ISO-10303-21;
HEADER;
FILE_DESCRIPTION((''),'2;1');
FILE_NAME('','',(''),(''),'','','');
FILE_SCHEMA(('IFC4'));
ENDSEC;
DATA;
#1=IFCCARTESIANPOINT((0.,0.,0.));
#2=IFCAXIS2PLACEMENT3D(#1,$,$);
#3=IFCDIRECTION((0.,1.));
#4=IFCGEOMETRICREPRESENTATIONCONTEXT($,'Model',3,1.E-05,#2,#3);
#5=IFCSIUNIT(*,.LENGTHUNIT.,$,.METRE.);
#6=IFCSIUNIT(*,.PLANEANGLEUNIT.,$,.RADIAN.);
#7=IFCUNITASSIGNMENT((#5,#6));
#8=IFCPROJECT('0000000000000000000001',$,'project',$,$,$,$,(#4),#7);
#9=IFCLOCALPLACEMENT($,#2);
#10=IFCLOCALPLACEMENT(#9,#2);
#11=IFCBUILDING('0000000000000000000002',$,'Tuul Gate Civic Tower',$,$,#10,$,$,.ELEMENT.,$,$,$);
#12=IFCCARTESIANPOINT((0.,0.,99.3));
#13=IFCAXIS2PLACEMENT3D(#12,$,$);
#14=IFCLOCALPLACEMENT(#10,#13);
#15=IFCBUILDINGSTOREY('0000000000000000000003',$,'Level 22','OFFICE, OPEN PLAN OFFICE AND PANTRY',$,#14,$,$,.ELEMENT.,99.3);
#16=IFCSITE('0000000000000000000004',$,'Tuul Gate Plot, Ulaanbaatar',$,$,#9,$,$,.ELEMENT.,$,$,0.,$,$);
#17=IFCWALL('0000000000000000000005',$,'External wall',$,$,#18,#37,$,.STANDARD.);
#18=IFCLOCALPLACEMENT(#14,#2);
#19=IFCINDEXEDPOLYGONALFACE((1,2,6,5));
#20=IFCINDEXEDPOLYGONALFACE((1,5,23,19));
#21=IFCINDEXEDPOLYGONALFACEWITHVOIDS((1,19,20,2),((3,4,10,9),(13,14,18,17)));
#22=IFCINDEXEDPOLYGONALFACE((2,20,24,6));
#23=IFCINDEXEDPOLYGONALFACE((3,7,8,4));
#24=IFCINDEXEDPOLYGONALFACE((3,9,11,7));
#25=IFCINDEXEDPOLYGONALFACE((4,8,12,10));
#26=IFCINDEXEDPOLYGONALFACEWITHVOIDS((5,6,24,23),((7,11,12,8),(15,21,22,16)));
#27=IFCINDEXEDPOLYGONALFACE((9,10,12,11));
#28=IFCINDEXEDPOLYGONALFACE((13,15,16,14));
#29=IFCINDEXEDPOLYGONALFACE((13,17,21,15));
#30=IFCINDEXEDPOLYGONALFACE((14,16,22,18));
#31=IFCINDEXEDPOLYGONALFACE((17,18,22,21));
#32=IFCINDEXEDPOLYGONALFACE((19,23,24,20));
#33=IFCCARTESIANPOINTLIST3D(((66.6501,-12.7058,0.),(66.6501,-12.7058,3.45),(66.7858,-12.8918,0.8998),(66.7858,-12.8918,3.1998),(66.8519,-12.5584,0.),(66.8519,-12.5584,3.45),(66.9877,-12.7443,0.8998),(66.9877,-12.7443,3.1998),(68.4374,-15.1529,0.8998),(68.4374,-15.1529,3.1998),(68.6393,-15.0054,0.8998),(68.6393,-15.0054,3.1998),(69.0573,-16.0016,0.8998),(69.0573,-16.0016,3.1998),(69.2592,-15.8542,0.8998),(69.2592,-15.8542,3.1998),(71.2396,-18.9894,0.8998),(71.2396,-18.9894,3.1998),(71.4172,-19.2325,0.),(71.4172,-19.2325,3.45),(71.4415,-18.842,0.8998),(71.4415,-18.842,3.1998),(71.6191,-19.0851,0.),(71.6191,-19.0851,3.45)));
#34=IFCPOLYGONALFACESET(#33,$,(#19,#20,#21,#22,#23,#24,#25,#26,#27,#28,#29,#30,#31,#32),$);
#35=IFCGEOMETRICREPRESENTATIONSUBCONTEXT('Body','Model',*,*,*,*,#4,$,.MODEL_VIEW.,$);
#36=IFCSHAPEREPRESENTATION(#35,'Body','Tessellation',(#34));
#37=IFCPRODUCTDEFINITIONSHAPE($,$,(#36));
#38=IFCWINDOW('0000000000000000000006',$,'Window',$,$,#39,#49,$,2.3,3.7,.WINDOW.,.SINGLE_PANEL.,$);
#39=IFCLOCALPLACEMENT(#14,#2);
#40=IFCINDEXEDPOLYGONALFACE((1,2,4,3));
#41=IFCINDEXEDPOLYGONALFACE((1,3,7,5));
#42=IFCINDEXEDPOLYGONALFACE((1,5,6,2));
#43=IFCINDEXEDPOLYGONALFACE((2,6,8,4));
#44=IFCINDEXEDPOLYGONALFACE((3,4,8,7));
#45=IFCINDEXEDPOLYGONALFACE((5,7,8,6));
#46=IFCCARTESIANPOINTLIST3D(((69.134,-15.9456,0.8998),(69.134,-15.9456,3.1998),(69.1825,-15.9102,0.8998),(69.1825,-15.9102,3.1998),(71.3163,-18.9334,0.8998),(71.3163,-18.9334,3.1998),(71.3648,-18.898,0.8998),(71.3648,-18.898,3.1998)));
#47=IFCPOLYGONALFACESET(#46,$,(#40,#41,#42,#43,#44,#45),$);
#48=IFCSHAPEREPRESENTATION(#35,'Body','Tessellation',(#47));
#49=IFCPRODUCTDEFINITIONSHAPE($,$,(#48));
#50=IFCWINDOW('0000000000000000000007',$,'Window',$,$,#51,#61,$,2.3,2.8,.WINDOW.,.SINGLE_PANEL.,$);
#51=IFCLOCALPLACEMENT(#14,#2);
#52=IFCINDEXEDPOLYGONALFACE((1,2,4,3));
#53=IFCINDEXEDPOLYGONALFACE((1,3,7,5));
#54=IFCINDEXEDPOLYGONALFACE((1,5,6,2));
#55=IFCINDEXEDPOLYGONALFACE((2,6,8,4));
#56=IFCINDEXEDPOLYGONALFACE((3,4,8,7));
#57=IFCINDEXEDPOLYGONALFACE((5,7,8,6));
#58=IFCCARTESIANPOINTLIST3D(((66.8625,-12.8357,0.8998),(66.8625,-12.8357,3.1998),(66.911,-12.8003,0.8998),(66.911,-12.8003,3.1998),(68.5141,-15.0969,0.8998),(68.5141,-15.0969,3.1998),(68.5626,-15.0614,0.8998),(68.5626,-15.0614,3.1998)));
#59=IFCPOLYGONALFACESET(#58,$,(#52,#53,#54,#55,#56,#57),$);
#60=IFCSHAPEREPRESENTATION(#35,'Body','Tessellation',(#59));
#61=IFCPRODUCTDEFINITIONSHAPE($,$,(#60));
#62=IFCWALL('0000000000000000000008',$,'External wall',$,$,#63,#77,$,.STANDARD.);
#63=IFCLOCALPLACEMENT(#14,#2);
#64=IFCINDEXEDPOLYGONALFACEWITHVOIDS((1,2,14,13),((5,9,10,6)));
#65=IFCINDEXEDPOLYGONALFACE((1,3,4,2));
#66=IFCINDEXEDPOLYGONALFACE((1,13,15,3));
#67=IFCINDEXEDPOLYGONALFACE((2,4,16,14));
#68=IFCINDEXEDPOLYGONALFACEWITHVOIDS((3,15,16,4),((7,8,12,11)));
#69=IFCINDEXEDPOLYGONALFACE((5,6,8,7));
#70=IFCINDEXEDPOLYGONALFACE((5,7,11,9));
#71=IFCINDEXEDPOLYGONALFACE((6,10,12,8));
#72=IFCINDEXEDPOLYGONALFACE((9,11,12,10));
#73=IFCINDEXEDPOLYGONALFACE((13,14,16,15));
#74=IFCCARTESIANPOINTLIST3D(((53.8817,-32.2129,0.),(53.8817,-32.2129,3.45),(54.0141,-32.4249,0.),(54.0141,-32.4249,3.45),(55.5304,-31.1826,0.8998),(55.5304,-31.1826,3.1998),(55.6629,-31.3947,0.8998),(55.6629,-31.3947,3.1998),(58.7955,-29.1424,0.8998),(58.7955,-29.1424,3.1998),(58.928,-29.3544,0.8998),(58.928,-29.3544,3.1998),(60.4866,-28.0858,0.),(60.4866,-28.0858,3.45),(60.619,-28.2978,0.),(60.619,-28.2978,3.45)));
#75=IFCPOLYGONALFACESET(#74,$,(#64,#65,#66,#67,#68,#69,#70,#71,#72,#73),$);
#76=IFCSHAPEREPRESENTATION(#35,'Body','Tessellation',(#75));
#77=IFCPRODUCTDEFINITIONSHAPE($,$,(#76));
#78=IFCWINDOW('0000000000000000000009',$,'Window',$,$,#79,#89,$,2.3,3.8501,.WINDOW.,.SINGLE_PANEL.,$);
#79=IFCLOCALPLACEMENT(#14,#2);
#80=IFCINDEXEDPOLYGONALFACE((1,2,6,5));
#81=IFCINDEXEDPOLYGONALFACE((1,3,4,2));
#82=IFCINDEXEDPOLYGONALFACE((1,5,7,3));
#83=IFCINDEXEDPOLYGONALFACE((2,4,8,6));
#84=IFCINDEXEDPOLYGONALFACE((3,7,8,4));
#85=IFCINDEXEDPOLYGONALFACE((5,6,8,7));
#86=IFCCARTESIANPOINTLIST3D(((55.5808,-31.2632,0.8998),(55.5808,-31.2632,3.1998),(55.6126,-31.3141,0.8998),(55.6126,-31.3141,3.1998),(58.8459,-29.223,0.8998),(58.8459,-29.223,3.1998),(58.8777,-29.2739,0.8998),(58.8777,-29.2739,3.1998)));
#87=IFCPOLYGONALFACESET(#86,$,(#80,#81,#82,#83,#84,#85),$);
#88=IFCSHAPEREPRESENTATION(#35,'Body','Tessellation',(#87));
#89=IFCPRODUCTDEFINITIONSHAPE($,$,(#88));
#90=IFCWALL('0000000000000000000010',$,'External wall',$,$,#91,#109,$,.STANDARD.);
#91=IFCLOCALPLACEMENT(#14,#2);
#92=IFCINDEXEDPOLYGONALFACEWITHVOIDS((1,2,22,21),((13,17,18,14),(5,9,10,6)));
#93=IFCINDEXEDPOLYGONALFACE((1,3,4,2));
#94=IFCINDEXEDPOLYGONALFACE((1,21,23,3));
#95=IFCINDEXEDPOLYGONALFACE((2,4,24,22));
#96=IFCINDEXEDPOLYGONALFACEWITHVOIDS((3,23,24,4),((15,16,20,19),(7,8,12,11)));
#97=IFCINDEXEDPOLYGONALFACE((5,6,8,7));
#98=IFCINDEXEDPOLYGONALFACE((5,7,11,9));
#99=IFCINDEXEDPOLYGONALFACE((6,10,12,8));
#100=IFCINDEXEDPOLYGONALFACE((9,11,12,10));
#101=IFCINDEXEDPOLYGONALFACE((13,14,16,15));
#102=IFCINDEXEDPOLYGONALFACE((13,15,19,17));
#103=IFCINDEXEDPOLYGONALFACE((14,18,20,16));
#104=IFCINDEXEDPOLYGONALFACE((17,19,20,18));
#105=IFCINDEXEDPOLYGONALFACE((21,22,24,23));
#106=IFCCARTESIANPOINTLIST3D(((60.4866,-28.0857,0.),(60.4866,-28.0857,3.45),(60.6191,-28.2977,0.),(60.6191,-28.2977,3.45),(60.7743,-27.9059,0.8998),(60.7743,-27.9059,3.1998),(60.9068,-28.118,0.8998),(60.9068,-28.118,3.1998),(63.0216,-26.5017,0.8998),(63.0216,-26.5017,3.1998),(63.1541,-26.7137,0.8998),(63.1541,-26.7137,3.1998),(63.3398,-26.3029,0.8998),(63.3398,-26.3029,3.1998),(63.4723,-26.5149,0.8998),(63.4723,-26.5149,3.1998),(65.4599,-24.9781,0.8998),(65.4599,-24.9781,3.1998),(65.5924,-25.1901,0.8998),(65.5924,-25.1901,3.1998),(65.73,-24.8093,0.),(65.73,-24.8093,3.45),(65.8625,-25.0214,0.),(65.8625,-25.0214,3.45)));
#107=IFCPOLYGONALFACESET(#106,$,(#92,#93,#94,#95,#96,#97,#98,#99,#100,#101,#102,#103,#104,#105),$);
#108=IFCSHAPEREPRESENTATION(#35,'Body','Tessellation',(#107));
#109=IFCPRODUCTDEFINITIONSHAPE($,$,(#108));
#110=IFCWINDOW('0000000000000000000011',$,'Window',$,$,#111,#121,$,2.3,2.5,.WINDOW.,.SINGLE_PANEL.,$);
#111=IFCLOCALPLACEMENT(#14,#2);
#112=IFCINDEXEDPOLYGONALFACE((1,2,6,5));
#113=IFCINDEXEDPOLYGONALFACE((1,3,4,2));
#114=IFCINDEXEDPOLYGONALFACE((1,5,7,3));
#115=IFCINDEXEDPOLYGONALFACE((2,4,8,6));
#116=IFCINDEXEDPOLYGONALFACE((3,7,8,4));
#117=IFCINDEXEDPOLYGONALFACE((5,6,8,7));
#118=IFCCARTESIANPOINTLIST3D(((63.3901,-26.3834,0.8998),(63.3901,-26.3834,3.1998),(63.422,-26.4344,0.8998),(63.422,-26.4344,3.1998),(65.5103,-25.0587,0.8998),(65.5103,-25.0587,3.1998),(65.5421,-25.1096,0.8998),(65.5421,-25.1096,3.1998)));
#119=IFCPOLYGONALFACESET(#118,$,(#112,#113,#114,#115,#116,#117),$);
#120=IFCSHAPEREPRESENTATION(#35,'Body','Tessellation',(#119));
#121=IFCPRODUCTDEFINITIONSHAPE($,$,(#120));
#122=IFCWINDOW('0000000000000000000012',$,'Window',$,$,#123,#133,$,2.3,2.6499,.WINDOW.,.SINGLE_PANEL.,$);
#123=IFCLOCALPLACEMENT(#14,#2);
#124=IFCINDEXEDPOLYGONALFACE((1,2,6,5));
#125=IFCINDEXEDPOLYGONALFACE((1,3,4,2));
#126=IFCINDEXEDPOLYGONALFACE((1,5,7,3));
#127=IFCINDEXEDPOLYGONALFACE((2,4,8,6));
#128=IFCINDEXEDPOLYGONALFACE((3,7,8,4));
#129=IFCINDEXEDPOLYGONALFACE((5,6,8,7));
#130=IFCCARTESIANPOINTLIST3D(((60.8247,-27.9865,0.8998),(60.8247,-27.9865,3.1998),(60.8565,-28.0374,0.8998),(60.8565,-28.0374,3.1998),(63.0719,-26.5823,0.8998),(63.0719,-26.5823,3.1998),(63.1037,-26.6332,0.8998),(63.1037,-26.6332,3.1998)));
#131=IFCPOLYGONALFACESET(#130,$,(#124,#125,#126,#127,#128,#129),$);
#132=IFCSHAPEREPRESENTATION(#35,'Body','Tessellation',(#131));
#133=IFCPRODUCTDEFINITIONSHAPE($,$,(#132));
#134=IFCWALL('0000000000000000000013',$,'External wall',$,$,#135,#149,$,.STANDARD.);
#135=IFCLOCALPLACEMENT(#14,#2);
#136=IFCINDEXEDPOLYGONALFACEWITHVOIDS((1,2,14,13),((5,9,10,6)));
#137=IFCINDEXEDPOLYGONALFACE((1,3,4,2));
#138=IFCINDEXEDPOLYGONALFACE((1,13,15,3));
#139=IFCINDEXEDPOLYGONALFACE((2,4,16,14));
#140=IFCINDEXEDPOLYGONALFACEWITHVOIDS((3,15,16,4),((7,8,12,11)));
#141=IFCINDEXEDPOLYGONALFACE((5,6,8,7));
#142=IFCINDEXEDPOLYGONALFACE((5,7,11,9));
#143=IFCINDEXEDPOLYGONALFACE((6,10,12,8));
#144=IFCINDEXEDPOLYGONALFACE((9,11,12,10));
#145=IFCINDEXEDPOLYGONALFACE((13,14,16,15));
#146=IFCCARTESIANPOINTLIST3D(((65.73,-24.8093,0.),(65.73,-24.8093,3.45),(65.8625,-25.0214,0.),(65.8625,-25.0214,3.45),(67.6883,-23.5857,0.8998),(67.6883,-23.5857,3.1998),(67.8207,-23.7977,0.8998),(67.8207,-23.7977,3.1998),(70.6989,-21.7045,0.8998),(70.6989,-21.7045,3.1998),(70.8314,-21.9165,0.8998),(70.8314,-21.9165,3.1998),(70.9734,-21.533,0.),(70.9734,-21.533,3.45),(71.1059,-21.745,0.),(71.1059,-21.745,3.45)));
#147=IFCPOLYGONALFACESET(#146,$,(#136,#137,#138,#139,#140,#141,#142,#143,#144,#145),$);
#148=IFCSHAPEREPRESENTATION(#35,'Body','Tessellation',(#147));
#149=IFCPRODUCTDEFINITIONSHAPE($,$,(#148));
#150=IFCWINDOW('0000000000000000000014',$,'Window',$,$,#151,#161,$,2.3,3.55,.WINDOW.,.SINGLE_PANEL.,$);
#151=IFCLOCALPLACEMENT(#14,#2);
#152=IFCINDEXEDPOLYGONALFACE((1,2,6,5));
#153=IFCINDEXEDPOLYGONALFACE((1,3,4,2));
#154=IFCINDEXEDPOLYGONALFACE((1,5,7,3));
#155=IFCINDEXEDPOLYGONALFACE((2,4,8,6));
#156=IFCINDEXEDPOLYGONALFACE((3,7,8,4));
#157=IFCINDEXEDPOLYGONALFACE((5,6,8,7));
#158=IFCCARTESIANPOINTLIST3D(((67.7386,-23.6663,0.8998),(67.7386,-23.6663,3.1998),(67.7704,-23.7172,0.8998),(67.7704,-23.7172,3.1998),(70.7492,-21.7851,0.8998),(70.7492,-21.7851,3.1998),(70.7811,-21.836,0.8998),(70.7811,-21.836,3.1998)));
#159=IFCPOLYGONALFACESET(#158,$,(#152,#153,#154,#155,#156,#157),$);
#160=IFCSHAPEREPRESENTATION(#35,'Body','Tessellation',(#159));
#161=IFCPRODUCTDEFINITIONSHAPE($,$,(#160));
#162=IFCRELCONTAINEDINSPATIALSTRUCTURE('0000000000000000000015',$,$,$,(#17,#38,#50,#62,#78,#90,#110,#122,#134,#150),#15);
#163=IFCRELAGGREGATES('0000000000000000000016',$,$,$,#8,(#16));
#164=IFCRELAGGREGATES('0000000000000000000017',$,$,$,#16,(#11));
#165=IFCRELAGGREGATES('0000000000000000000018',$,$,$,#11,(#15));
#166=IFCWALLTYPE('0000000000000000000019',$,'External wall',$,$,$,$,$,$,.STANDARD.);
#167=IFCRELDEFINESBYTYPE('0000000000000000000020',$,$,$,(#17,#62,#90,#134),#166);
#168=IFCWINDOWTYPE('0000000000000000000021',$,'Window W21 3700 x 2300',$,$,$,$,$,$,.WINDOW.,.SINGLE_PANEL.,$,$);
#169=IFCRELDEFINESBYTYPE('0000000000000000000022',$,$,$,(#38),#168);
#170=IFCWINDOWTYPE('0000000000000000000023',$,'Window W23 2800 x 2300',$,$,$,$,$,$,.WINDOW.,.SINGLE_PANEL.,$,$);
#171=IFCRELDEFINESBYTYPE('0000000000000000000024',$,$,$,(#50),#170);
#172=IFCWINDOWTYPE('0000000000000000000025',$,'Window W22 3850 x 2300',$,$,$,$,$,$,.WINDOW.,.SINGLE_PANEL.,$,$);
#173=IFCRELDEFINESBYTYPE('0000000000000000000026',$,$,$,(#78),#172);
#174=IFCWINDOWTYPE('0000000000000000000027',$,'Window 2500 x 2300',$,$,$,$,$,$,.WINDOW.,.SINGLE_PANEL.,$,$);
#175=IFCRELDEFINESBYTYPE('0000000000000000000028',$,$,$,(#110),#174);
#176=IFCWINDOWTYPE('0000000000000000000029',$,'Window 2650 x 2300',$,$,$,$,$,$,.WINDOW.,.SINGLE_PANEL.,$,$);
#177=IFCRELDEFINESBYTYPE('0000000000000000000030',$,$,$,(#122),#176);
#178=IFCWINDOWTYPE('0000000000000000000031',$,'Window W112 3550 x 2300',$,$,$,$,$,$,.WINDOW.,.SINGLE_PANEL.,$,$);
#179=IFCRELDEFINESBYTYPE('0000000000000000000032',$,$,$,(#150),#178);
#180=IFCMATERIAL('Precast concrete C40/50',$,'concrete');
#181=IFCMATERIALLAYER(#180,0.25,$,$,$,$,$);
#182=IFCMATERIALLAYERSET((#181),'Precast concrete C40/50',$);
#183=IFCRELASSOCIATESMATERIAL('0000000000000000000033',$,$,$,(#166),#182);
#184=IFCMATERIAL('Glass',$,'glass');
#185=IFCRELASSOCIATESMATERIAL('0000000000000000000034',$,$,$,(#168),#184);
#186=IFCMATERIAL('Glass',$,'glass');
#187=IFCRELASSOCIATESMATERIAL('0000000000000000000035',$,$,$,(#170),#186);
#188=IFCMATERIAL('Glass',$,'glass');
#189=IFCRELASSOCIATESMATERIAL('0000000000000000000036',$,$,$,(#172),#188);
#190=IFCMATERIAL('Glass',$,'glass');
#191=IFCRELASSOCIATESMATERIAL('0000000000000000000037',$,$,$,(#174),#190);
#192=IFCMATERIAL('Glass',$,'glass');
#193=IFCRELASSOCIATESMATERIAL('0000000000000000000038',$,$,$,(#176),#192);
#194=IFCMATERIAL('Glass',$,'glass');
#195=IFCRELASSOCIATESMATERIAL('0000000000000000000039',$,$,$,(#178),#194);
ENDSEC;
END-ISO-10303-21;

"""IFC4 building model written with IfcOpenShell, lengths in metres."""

from ifc_helpers import new_model, si_unit, direction, frame, frame_2d, origin, place, context, subcontext, project, spatial, rectangle, extrude, material, layer, layer_set, type_object, element, fill, save


model = new_model("IFC4")

# Units and contexts
model_context = context("Model", 3, precision=1e-05, world=origin(), true_north=direction((0.0, 1.0)))
body_context = subcontext(model_context, "Body", "Model", "MODEL_VIEW")
ifc_project = project(units=[si_unit("LENGTHUNIT", "METRE"), si_unit("PLANEANGLEUNIT", "RADIAN")], contexts=[model_context])

# Site, building, storey
site_placement = place(None, origin())
site = spatial("IfcSite", under=ifc_project, at=site_placement, Name="Tuul Gate Plot, Ulaanbaatar", CompositionType="ELEMENT", RefElevation=0.0)
building_placement = place(site_placement, origin())
building = spatial("IfcBuilding", under=site, at=building_placement, Name="Tuul Gate Civic Tower", CompositionType="ELEMENT")
storey_placement = place(building_placement, frame((0.0, 0.0, 99.3)))
storey = spatial("IfcBuildingStorey", under=building, at=storey_placement, Name="Level 22", Description="OFFICE, OPEN PLAN OFFICE AND PANTRY", CompositionType="ELEMENT", Elevation=99.3)

# Shared definitions
ifc_material_1 = material(Name="Precast concrete C40/50", Category="concrete")
ifc_layer_1 = layer(ifc_material_1, 0.25)
ifc_layer_set_1 = layer_set([ifc_layer_1], Name="Precast concrete C40/50")
wall_type_1 = type_object("IfcWallType", Name="External wall", PredefinedType="STANDARD", material=ifc_layer_set_1)

# Wall, openings, windows
wall_1_placement = place(storey_placement, frame((71.5181, -19.1587, 0.0), z_axis=(0.0, 0.0, 1.0), x_axis=(-0.589826, 0.80753, 0.0)))
wall_1 = element("IfcWall", 1, at=wall_1_placement, inside=storey, type_object=wall_type_1, Name="External wall", PredefinedType="STANDARD", context=body_context, shape_type="SweptSolid", body=[
    extrude(rectangle(XDim=8.0823, YDim=0.25, at=frame_2d((4.041, 0.0))), origin(), (0.0, 0.0, 1.0), 3.45),
])
opening_1_placement = place(wall_1_placement, frame((0.3008, 0.0, 0.8999)))
opening_1 = element("IfcOpeningElement", 2, at=opening_1_placement, cuts=wall_1, PredefinedType="OPENING", context=body_context, shape_type="SweptSolid", body=[
    extrude(rectangle(XDim=3.7, YDim=2.3, at=frame_2d((1.8501, 1.1499))), frame((0.0, 0.135, 0.0), z_axis=(0.0, -1.0, 0.0), x_axis=(1.0, 0.0, 0.0)), (0.0, 0.0, 1.0), 0.27),
])
opening_2_placement = place(wall_1_placement, frame((5.052, 0.0, 0.8999)))
opening_2 = element("IfcOpeningElement", 3, at=opening_2_placement, cuts=wall_1, PredefinedType="OPENING", context=body_context, shape_type="SweptSolid", body=[
    extrude(rectangle(XDim=2.8, YDim=2.3, at=frame_2d((1.3999, 1.1499))), frame((0.0, 0.135, 0.0), z_axis=(0.0, -1.0, 0.0), x_axis=(1.0, 0.0, 0.0)), (0.0, 0.0, 1.0), 0.27),
])
ifc_material_2 = material(Name="Glass", Category="glass")
window_type_1 = type_object("IfcWindowType", Name="Window W21 3700 x 2300", PartitioningType="SINGLE_PANEL", PredefinedType="WINDOW", material=ifc_material_2)
window_1_placement = place(opening_1_placement, origin())
window_1 = element("IfcWindow", 4, at=window_1_placement, inside=storey, type_object=window_type_1, Name="Window", OverallHeight=2.3, OverallWidth=3.7, PartitioningType="SINGLE_PANEL", PredefinedType="WINDOW", context=body_context, shape_type="SweptSolid", body=[
    extrude(rectangle(XDim=3.7, YDim=2.3, at=frame_2d((1.8501, 1.1499))), frame((0.0, 0.03, 0.0), z_axis=(0.0, -1.0, 0.0), x_axis=(1.0, 0.0, 0.0)), (0.0, 0.0, 1.0), 0.0601),
])
fill(opening_1, window_1)
ifc_material_3 = material(Name="Glass", Category="glass")
window_type_2 = type_object("IfcWindowType", Name="Window W23 2800 x 2300", PartitioningType="SINGLE_PANEL", PredefinedType="WINDOW", material=ifc_material_3)
window_2_placement = place(opening_2_placement, origin())
window_2 = element("IfcWindow", 5, at=window_2_placement, inside=storey, type_object=window_type_2, Name="Window", OverallHeight=2.3, OverallWidth=2.8, PartitioningType="SINGLE_PANEL", PredefinedType="WINDOW", context=body_context, shape_type="SweptSolid", body=[
    extrude(rectangle(XDim=2.8, YDim=2.3, at=frame_2d((1.3999, 1.1499))), frame((0.0, 0.03, 0.0), z_axis=(0.0, -1.0, 0.0), x_axis=(1.0, 0.0, 0.0)), (0.0, 0.0, 1.0), 0.0601),
])
fill(opening_2, window_2)

# Wall, opening, window
wall_2_placement = place(storey_placement, frame((53.948, -32.3188, 0.0), z_axis=(0.0, 0.0, 1.0), x_axis=(0.848051, 0.529914, 0.0)))
wall_2 = element("IfcWall", 6, at=wall_2_placement, inside=storey, type_object=wall_type_1, Name="External wall", PredefinedType="STANDARD", context=body_context, shape_type="SweptSolid", body=[
    extrude(rectangle(XDim=7.7883, YDim=0.25, at=frame_2d((3.894, 0.0))), origin(), (0.0, 0.0, 1.0), 3.45),
])
opening_3_placement = place(wall_2_placement, frame((1.9441, 0.0, 0.8999)))
opening_3 = element("IfcOpeningElement", 7, at=opening_3_placement, cuts=wall_2, PredefinedType="OPENING", context=body_context, shape_type="SweptSolid", body=[
    extrude(rectangle(XDim=3.8501, YDim=2.3, at=frame_2d((1.925, 1.1499))), frame((0.0, 0.135, 0.0), z_axis=(0.0, -1.0, 0.0), x_axis=(1.0, 0.0, 0.0)), (0.0, 0.0, 1.0), 0.27),
])
ifc_material_4 = material(Name="Glass", Category="glass")
window_type_3 = type_object("IfcWindowType", Name="Window W22 3850 x 2300", PartitioningType="SINGLE_PANEL", PredefinedType="WINDOW", material=ifc_material_4)
window_3_placement = place(opening_3_placement, origin())
window_3 = element("IfcWindow", 8, at=window_3_placement, inside=storey, type_object=window_type_3, Name="Window", OverallHeight=2.3, OverallWidth=3.8501, PartitioningType="SINGLE_PANEL", PredefinedType="WINDOW", context=body_context, shape_type="SweptSolid", body=[
    extrude(rectangle(XDim=3.8501, YDim=2.3, at=frame_2d((1.925, 1.1499))), frame((0.0, 0.03, 0.0), z_axis=(0.0, -1.0, 0.0), x_axis=(1.0, 0.0, 0.0)), (0.0, 0.0, 1.0), 0.0601),
])
fill(opening_3, window_3)

# Wall, openings, windows
wall_3_placement = place(storey_placement, frame((60.553, -28.1917, 0.0), z_axis=(0.0, 0.0, 1.0), x_axis=(0.848054, 0.52991, 0.0)))
wall_3 = element("IfcWall", 9, at=wall_3_placement, inside=storey, type_object=wall_type_1, Name="External wall", PredefinedType="STANDARD", context=body_context, shape_type="SweptSolid", body=[
    extrude(rectangle(XDim=6.1829, YDim=0.25, at=frame_2d((3.0913, 0.0))), origin(), (0.0, 0.0, 1.0), 3.45),
])
opening_4_placement = place(wall_3_placement, frame((0.3391, 0.0, 0.8999)))
opening_4 = element("IfcOpeningElement", 10, at=opening_4_placement, cuts=wall_3, PredefinedType="OPENING", context=body_context, shape_type="SweptSolid", body=[
    extrude(rectangle(XDim=2.6499, YDim=2.3, at=frame_2d((1.325, 1.1499))), frame((0.0, 0.135, 0.0), z_axis=(0.0, -1.0, 0.0), x_axis=(1.0, 0.0, 0.0)), (0.0, 0.0, 1.0), 0.27),
])
opening_5_placement = place(wall_3_placement, frame((3.3643, 0.0, 0.8999)))
opening_5 = element("IfcOpeningElement", 11, at=opening_5_placement, cuts=wall_3, PredefinedType="OPENING", context=body_context, shape_type="SweptSolid", body=[
    extrude(rectangle(XDim=2.5, YDim=2.3, at=frame_2d((1.25, 1.1499))), frame((0.0, 0.135, 0.0), z_axis=(0.0, -1.0, 0.0), x_axis=(1.0, 0.0, 0.0)), (0.0, 0.0, 1.0), 0.27),
])
ifc_material_5 = material(Name="Glass", Category="glass")
window_type_4 = type_object("IfcWindowType", Name="Window 2500 x 2300", PartitioningType="SINGLE_PANEL", PredefinedType="WINDOW", material=ifc_material_5)
window_4_placement = place(opening_5_placement, origin())
window_4 = element("IfcWindow", 12, at=window_4_placement, inside=storey, type_object=window_type_4, Name="Window", OverallHeight=2.3, OverallWidth=2.5, PartitioningType="SINGLE_PANEL", PredefinedType="WINDOW", context=body_context, shape_type="SweptSolid", body=[
    extrude(rectangle(XDim=2.5, YDim=2.3, at=frame_2d((1.25, 1.1499))), frame((0.0, 0.03, 0.0), z_axis=(0.0, -1.0, 0.0), x_axis=(1.0, 0.0, 0.0)), (0.0, 0.0, 1.0), 0.0601),
])
fill(opening_5, window_4)
ifc_material_6 = material(Name="Glass", Category="glass")
window_type_5 = type_object("IfcWindowType", Name="Window 2650 x 2300", PartitioningType="SINGLE_PANEL", PredefinedType="WINDOW", material=ifc_material_6)
window_5_placement = place(opening_4_placement, origin())
window_5 = element("IfcWindow", 13, at=window_5_placement, inside=storey, type_object=window_type_5, Name="Window", OverallHeight=2.3, OverallWidth=2.6499, PartitioningType="SINGLE_PANEL", PredefinedType="WINDOW", context=body_context, shape_type="SweptSolid", body=[
    extrude(rectangle(XDim=2.6499, YDim=2.3, at=frame_2d((1.325, 1.1499))), frame((0.0, 0.03, 0.0), z_axis=(0.0, -1.0, 0.0), x_axis=(1.0, 0.0, 0.0)), (0.0, 0.0, 1.0), 0.0601),
])
fill(opening_4, window_5)

# Wall, opening, window
wall_4_placement = place(storey_placement, frame((65.7964, -24.9153, 0.0), z_axis=(0.0, 0.0, 1.0), x_axis=(0.848054, 0.52991, 0.0)))
wall_4 = element("IfcWall", 14, at=wall_4_placement, inside=storey, type_object=wall_type_1, Name="External wall", PredefinedType="STANDARD", context=body_context, shape_type="SweptSolid", body=[
    extrude(rectangle(XDim=6.1829, YDim=0.25, at=frame_2d((3.0913, 0.0))), origin(), (0.0, 0.0, 1.0), 3.45),
])
opening_6_placement = place(wall_4_placement, frame((2.3091, 0.0, 0.8999)))
opening_6 = element("IfcOpeningElement", 15, at=opening_6_placement, cuts=wall_4, PredefinedType="OPENING", context=body_context, shape_type="SweptSolid", body=[
    extrude(rectangle(XDim=3.55, YDim=2.3, at=frame_2d((1.7749, 1.1499))), frame((0.0, 0.135, 0.0), z_axis=(0.0, -1.0, 0.0), x_axis=(1.0, 0.0, 0.0)), (0.0, 0.0, 1.0), 0.27),
])
ifc_material_7 = material(Name="Glass", Category="glass")
window_type_6 = type_object("IfcWindowType", Name="Window W112 3550 x 2300", PartitioningType="SINGLE_PANEL", PredefinedType="WINDOW", material=ifc_material_7)
window_6_placement = place(opening_6_placement, origin())
window_6 = element("IfcWindow", 16, at=window_6_placement, inside=storey, type_object=window_type_6, Name="Window", OverallHeight=2.3, OverallWidth=3.55, PartitioningType="SINGLE_PANEL", PredefinedType="WINDOW", context=body_context, shape_type="SweptSolid", body=[
    extrude(rectangle(XDim=3.55, YDim=2.3, at=frame_2d((1.7749, 1.1499))), frame((0.0, 0.03, 0.0), z_axis=(0.0, -1.0, 0.0), x_axis=(1.0, 0.0, 0.0)), (0.0, 0.0, 1.0), 0.0601),
])
fill(opening_6, window_6)

save(model, "model.ifc")
